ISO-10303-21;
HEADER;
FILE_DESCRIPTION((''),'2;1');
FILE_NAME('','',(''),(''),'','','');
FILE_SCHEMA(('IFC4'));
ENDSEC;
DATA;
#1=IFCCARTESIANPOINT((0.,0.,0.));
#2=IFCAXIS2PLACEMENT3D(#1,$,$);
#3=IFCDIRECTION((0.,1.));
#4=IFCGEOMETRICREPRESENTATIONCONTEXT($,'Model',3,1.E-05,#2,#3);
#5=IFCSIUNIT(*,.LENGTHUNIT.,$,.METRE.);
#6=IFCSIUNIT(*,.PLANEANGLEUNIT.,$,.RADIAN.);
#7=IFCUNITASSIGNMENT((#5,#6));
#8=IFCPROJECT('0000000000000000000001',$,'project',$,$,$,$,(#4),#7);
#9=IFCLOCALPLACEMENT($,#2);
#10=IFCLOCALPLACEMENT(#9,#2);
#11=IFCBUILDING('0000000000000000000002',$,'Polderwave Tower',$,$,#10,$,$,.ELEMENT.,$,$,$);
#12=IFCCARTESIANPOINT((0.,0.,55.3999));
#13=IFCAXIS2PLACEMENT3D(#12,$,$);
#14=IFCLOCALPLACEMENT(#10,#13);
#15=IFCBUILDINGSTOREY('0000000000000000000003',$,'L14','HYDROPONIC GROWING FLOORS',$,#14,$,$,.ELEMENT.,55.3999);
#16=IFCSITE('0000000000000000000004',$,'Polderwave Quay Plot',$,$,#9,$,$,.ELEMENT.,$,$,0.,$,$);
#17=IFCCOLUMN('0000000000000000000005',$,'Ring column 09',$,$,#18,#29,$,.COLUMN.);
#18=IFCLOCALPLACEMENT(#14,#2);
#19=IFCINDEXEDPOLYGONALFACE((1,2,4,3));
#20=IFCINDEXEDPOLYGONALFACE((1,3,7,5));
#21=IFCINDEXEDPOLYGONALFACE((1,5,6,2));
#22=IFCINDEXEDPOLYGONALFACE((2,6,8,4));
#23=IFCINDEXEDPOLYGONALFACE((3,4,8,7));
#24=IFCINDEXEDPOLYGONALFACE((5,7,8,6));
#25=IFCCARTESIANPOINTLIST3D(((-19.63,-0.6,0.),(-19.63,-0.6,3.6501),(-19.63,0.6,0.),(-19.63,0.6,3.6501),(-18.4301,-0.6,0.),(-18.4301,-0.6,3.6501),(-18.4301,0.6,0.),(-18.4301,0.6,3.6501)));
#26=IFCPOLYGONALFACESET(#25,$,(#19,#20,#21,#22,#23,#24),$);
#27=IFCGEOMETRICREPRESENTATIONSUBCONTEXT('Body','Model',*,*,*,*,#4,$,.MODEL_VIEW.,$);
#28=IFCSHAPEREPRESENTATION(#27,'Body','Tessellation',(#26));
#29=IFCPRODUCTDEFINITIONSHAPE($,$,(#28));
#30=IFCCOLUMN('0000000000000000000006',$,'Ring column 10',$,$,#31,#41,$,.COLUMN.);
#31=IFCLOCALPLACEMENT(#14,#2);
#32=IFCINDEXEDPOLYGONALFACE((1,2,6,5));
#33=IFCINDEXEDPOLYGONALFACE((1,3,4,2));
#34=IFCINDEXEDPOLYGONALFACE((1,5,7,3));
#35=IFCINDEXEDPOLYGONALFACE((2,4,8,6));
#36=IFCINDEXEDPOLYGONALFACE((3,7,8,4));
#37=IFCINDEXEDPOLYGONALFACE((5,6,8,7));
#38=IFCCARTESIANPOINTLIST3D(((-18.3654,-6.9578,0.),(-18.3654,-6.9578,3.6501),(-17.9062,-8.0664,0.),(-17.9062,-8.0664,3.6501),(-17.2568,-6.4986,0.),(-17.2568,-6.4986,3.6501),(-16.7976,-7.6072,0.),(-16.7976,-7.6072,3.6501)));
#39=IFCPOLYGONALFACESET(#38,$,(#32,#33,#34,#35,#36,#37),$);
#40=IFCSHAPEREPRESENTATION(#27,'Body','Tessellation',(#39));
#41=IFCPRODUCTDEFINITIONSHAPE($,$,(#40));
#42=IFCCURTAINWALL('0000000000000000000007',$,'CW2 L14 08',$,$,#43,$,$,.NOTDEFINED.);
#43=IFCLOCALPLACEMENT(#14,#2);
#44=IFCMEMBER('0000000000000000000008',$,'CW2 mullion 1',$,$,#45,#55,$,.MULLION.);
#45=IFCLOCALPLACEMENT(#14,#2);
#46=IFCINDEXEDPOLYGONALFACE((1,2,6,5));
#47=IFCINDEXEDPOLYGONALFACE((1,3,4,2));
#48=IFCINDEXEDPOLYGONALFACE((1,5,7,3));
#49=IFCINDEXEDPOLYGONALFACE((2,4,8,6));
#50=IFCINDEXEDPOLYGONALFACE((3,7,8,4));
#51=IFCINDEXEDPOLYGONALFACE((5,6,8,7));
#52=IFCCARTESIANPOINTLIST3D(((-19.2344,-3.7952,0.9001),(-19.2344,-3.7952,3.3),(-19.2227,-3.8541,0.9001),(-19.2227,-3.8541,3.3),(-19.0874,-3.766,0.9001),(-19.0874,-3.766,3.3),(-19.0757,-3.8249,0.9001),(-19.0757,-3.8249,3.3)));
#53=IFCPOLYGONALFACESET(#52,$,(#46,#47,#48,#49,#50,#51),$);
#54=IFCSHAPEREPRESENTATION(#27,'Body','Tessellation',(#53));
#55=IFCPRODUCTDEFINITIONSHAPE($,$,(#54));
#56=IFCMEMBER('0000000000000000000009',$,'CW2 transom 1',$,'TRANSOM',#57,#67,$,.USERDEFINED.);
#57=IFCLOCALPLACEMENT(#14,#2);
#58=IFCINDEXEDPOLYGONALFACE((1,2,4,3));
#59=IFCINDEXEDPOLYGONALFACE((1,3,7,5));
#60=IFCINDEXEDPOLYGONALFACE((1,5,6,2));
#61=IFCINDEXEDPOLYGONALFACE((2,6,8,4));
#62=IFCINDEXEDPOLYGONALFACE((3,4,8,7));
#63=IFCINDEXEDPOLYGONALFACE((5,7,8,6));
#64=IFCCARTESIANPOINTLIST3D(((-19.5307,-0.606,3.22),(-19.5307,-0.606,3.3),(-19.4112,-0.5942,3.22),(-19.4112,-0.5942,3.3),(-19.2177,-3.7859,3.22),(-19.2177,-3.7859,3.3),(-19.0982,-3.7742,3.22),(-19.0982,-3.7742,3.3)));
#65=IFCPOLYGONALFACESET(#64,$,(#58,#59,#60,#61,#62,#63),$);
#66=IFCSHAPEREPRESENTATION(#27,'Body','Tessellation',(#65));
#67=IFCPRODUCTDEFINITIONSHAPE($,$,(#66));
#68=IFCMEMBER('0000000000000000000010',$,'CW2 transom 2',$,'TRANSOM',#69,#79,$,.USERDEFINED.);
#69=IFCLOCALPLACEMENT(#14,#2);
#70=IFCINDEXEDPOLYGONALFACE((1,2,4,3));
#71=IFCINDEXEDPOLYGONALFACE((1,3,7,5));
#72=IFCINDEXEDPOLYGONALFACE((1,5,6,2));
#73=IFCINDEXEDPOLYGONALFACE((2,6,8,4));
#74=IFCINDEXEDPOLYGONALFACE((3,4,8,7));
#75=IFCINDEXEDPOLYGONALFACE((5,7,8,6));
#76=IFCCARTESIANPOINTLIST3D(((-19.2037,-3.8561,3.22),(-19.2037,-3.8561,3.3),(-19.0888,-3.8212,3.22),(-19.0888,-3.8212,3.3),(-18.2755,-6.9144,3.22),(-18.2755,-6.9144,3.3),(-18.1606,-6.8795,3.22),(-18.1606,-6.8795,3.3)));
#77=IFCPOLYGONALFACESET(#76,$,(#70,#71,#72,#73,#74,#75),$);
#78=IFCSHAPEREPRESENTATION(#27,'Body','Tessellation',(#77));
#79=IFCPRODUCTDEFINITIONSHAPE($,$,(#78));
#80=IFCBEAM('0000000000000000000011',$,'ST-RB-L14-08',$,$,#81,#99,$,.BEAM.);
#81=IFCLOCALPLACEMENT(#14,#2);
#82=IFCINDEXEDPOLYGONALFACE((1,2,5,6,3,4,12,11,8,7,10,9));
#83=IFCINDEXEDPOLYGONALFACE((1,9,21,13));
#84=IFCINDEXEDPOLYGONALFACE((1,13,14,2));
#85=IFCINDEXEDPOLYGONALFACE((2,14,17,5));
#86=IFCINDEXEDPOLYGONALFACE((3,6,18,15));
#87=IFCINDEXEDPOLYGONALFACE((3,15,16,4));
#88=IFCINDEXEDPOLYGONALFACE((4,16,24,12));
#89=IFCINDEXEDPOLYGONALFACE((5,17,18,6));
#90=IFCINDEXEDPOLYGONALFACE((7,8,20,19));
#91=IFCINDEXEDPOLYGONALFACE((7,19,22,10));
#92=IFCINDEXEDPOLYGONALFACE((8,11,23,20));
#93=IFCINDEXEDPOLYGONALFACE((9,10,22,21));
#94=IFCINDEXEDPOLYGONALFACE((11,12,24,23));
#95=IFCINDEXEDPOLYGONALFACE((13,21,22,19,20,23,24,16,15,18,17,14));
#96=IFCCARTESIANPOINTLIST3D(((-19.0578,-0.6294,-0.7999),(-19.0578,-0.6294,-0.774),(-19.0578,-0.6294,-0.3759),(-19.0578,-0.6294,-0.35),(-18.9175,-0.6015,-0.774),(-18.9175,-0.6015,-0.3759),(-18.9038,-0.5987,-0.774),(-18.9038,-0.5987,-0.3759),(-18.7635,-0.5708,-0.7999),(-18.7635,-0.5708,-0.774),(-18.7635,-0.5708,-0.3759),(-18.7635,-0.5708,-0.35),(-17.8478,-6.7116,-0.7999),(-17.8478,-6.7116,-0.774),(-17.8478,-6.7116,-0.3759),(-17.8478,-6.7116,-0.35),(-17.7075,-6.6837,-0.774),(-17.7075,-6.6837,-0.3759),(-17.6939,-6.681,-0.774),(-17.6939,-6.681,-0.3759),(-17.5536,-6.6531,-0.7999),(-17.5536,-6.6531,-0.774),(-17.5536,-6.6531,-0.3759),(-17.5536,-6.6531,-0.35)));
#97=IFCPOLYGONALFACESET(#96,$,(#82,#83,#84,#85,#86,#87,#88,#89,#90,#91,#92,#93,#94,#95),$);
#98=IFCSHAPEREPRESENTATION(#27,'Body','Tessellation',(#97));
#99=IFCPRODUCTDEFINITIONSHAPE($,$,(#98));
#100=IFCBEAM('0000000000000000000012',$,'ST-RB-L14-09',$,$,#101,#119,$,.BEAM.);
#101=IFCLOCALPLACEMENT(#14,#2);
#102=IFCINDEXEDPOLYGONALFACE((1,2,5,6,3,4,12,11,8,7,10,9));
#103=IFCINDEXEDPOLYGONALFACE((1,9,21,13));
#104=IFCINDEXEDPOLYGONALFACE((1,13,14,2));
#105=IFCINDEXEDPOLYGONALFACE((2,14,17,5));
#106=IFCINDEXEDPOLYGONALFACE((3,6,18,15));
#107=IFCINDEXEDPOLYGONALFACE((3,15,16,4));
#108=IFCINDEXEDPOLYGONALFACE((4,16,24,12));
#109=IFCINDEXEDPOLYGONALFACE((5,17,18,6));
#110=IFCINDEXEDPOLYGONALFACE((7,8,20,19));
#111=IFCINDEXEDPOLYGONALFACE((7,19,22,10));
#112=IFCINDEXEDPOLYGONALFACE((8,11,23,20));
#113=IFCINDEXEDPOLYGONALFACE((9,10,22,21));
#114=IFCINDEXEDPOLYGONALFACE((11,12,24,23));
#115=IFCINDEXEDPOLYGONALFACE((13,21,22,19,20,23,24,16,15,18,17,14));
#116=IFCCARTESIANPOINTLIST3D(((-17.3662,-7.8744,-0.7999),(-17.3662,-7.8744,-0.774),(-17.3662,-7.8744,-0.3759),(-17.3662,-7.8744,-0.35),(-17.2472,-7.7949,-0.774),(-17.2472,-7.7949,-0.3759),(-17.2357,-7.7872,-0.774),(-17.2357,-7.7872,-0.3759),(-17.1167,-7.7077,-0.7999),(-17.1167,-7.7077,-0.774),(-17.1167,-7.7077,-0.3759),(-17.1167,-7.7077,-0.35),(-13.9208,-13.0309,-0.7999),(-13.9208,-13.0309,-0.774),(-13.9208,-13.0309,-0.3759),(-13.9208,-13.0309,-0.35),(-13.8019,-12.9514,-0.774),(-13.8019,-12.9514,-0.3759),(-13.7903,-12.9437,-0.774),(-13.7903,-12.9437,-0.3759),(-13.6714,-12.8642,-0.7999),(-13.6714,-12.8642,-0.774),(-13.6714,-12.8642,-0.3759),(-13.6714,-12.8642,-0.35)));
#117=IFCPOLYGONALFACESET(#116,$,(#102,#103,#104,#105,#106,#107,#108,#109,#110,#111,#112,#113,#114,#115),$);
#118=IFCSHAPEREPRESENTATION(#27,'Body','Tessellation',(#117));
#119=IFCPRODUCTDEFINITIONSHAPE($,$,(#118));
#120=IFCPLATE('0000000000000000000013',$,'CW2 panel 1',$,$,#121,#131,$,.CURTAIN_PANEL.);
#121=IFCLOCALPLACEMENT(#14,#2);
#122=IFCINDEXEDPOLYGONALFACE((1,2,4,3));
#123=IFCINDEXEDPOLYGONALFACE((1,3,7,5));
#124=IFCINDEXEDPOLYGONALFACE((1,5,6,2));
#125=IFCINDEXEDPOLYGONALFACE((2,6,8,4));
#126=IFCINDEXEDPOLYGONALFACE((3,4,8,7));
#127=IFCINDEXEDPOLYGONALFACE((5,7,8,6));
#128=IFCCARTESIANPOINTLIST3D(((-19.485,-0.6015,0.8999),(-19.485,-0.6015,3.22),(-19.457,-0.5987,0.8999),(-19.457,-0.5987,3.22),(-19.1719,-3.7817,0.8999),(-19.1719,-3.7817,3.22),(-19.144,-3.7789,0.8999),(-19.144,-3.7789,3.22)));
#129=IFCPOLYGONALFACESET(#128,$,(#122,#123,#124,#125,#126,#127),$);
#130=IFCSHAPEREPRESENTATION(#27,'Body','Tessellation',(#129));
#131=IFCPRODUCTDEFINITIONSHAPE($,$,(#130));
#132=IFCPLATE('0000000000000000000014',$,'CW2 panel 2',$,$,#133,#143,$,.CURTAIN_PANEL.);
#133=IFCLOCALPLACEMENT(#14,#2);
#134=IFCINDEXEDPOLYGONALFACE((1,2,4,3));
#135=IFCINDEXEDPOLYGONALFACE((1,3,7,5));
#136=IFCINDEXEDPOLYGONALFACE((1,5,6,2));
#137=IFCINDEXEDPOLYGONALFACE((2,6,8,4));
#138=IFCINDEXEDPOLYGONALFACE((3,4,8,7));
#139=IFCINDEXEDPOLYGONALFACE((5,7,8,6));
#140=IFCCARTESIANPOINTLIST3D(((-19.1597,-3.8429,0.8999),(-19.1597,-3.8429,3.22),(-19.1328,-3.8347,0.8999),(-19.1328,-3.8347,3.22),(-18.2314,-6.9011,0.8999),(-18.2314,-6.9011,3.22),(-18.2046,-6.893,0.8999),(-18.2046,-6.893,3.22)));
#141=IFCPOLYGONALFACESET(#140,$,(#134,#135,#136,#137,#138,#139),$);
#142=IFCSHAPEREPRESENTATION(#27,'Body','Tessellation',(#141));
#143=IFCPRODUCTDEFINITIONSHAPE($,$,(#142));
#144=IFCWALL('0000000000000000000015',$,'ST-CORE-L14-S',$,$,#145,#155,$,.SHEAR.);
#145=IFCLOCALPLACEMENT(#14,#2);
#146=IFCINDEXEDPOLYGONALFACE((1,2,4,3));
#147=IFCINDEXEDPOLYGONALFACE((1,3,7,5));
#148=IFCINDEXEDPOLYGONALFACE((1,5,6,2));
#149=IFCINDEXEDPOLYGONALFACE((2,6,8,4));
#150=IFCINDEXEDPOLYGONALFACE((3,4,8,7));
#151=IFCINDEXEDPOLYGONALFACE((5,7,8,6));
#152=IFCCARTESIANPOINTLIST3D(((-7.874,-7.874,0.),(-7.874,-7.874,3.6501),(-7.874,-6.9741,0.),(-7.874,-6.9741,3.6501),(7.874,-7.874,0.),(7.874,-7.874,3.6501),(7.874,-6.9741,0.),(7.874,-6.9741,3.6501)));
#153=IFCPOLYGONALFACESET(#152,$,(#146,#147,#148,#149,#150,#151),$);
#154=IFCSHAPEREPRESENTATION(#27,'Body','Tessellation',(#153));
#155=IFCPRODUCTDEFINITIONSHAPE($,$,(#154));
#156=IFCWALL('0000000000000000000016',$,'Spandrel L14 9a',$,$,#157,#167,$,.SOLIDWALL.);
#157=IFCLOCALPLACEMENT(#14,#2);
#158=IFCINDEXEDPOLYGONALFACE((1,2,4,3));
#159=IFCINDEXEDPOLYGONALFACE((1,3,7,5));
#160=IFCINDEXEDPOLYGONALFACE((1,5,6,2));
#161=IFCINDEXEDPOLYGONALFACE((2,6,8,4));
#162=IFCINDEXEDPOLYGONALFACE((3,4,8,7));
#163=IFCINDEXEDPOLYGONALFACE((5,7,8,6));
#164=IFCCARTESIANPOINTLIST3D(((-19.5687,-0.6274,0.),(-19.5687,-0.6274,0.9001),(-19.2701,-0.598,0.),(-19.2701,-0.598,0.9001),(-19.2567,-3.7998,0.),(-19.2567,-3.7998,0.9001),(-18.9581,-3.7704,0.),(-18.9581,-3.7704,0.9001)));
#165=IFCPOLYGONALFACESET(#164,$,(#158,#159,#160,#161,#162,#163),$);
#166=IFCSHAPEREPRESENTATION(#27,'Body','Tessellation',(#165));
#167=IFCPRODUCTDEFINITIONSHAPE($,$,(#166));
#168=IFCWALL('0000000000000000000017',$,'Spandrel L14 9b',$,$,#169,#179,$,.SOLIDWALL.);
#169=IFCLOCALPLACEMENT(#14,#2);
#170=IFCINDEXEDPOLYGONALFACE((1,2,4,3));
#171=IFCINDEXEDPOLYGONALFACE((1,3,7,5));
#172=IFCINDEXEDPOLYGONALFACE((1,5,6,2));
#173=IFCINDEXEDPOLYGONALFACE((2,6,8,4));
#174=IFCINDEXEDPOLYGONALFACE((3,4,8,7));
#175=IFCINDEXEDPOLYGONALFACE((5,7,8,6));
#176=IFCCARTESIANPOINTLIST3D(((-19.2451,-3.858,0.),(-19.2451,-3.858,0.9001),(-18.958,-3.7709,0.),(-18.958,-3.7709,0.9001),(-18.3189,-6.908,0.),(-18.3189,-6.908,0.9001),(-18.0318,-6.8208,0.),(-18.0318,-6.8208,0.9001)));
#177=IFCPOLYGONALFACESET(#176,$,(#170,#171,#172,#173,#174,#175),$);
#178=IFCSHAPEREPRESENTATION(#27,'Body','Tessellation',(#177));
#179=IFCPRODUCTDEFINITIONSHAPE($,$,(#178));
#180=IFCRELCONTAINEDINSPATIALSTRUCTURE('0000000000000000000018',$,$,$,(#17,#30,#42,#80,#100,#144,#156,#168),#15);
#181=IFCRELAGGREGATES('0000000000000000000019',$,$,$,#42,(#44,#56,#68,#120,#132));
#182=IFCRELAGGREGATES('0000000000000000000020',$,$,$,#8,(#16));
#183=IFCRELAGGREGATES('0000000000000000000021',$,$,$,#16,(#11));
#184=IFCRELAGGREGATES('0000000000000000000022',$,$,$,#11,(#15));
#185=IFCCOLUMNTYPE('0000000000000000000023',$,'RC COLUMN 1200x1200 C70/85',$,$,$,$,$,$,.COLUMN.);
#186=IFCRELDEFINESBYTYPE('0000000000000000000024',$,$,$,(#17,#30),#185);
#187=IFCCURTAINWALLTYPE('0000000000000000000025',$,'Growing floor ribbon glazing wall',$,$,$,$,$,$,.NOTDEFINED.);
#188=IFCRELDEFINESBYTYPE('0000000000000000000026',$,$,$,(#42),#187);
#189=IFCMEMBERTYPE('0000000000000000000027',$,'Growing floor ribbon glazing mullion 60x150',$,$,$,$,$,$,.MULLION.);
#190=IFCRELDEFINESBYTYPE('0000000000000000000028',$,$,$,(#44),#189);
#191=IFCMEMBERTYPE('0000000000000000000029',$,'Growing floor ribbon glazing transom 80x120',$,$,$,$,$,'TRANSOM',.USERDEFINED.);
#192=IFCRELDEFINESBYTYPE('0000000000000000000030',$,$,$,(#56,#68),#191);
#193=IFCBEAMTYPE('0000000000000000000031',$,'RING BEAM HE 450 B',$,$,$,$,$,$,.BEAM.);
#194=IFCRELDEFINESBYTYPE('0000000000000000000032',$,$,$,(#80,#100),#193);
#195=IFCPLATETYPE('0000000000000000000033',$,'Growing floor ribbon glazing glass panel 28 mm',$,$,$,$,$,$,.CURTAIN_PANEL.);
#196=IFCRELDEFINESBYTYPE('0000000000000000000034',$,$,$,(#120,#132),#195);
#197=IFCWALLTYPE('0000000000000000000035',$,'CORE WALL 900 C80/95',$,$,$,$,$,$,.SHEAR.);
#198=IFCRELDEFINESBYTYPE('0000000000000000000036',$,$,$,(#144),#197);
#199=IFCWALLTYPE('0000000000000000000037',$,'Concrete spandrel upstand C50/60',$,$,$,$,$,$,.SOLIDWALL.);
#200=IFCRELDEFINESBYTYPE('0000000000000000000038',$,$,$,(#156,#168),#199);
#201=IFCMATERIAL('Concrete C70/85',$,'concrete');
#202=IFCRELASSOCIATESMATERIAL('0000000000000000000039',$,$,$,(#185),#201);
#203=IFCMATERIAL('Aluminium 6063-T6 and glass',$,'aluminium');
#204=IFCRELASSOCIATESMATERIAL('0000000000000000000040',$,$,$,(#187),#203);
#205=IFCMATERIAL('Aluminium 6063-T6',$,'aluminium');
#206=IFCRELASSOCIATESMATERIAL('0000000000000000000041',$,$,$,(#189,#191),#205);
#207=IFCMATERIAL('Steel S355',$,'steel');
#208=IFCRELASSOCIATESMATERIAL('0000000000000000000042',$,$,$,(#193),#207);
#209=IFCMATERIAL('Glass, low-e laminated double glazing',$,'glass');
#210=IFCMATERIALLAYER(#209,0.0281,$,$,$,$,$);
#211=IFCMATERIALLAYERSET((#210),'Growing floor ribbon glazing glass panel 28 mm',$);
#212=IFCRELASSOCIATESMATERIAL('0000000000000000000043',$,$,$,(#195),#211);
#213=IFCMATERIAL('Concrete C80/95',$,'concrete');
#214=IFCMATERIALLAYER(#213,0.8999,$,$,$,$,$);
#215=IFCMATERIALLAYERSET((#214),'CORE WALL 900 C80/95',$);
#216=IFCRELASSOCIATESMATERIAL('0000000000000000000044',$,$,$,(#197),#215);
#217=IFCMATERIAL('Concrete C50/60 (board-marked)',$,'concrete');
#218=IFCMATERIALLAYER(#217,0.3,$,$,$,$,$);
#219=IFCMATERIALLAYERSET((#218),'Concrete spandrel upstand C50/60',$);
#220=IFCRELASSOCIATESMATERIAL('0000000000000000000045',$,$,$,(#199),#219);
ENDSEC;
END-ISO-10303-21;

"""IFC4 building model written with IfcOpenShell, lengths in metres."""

from ifc_helpers import new_model, si_unit, direction, frame, frame_2d, origin, origin_2d, place, context, subcontext, project, spatial, rectangle, i_section, extrude, material, layer, layer_set, material_profile, profile_set, type_object, element, aggregate, save


model = new_model("IFC4")

# Units and contexts
model_context = context("Model", 3, precision=1e-05, world=origin(), true_north=direction((0.0, 1.0)))
body_context = subcontext(model_context, "Body", "Model", "MODEL_VIEW")
ifc_project = project(units=[si_unit("LENGTHUNIT", "METRE"), si_unit("PLANEANGLEUNIT", "RADIAN")], contexts=[model_context])

# Site, building, storey
site_placement = place(None, origin())
site = spatial("IfcSite", under=ifc_project, at=site_placement, Name="Polderwave Quay Plot", CompositionType="ELEMENT", RefElevation=0.0)
building_placement = place(site_placement, origin())
building = spatial("IfcBuilding", under=site, at=building_placement, Name="Polderwave Tower", CompositionType="ELEMENT")
storey_placement = place(building_placement, frame((0.0, 0.0, 55.3999)))
storey = spatial("IfcBuildingStorey", under=building, at=storey_placement, Name="L14", Description="HYDROPONIC GROWING FLOORS", CompositionType="ELEMENT", Elevation=55.3999)

# Columns
ifc_material_1 = material(Name="Concrete C70/85", Category="concrete")
ifc_material_profile_1 = material_profile(ifc_material_1, rectangle(XDim=1.2, YDim=1.2, at=origin_2d()), Name="RC 1200x1200")
ifc_profile_set_1 = profile_set([ifc_material_profile_1], Name="Concrete C70/85")
column_type = type_object("IfcColumnType", Name="RC COLUMN 1200x1200 C70/85", PredefinedType="COLUMN", material=ifc_profile_set_1)
for number, where, z_axis, x_axis, name in (
    (1, (-19.03, 0.0, 0.0), (0.0, 0.0, 1.0), (-1.0, 0.0, 0.0), "Ring column 09"),
    (2, (-17.5815, -7.2825, 0.0), (0.0, 0.0, 1.0), (-0.92388, -0.382683, 0.0), "Ring column 10"),
):
    element("IfcColumn", number, at=place(storey_placement, frame(where, z_axis=z_axis, x_axis=x_axis)), inside=storey, type_object=column_type, Name=name, PredefinedType="COLUMN", context=body_context, shape_type="SweptSolid", body=[
        extrude(rectangle(XDim=1.2, YDim=1.2, at=origin_2d()), origin(), (0.0, 0.0, 1.0), 3.6501),
    ])

# Curtain wall, members
ifc_material_2 = material(Name="Aluminium 6063-T6 and glass", Category="aluminium")
curtain_wall_type = type_object("IfcCurtainWallType", Name="Growing floor ribbon glazing wall", PredefinedType="NOTDEFINED", material=ifc_material_2)
curtain_wall_placement = place(storey_placement, origin())
curtain_wall = element("IfcCurtainWall", 3, at=curtain_wall_placement, inside=storey, type_object=curtain_wall_type, Name="CW2 L14 08", PredefinedType="NOTDEFINED")
ifc_material_3 = material(Name="Aluminium 6063-T6", Category="aluminium")
ifc_material_profile_2 = material_profile(ifc_material_3, rectangle(XDim=0.1499, YDim=0.0601, at=origin_2d()), Name="AL 60x150")
ifc_profile_set_2 = profile_set([ifc_material_profile_2], Name="Aluminium 6063-T6")
member_type_1 = type_object("IfcMemberType", Name="Growing floor ribbon glazing mullion 60x150", PredefinedType="MULLION", material=ifc_profile_set_2)
member_1_placement = place(storey_placement, frame((-19.155, -3.8101, 0.9001), z_axis=(0.0, 0.0, 1.0), x_axis=(0.980774, 0.195149, 0.0)))
member_1 = element("IfcMember", 4, at=member_1_placement, type_object=member_type_1, Name="CW2 mullion 1", PredefinedType="MULLION", context=body_context, shape_type="SweptSolid", body=[
    extrude(rectangle(XDim=0.1499, YDim=0.0601, at=origin_2d()), origin(), (0.0, 0.0, 1.0), 2.3999),
])
ifc_material_profile_3 = material_profile(ifc_material_3, rectangle(XDim=0.1201, YDim=0.0801, at=origin_2d()), Name="AL 80x120")
ifc_profile_set_3 = profile_set([ifc_material_profile_3], Name="Aluminium 6063-T6")
member_type_2 = type_object("IfcMemberType", Name="Growing floor ribbon glazing transom 80x120", ElementType="TRANSOM", PredefinedType="USERDEFINED", material=ifc_profile_set_3)
member_2_placement = place(storey_placement, frame((-19.4709, -0.6001, 3.26), z_axis=(0.097953, -0.995191, 0.0), x_axis=(0.995191, 0.097953, 0.0)))
member_2 = element("IfcMember", 5, at=member_2_placement, type_object=member_type_2, Name="CW2 transom 1", ObjectType="TRANSOM", PredefinedType="USERDEFINED", context=body_context, shape_type="SweptSolid", body=[
    extrude(rectangle(XDim=0.1201, YDim=0.0801, at=origin_2d()), origin(), (0.0, 0.0, 1.0), 3.1953),
])
member_3_placement = place(storey_placement, frame((-19.1462, -3.8386, 3.26), z_axis=(0.290423, -0.956898, 0.0), x_axis=(0.956898, 0.290423, 0.0)))
member_3 = element("IfcMember", 6, at=member_3_placement, type_object=member_type_2, Name="CW2 transom 2", ObjectType="TRANSOM", PredefinedType="USERDEFINED", context=body_context, shape_type="SweptSolid", body=[
    extrude(rectangle(XDim=0.1201, YDim=0.0801, at=origin_2d()), origin(), (0.0, 0.0, 1.0), 3.196),
])

# Beams
ifc_material_4 = material(Name="Steel S355", Category="steel")
ifc_material_profile_4 = material_profile(ifc_material_4, i_section(OverallWidth=0.3, OverallDepth=0.45, WebThickness=0.0139, FlangeThickness=0.0259, at=origin_2d()), Name="HE 450 B")
ifc_profile_set_4 = profile_set([ifc_material_profile_4], Name="Steel S355")
beam_type = type_object("IfcBeamType", Name="RING BEAM HE 450 B", PredefinedType="BEAM", material=ifc_profile_set_4)
beam_1_placement = place(storey_placement, frame((-18.9106, -0.6001, -0.575), z_axis=(0.195109, -0.980782, 0.0), x_axis=(0.980782, 0.195109, 0.0)))
element("IfcBeam", 7, at=beam_1_placement, inside=storey, type_object=beam_type, Name="ST-RB-L14-08", PredefinedType="BEAM", context=body_context, shape_type="SweptSolid", body=[
    extrude(i_section(OverallWidth=0.3, OverallDepth=0.45, WebThickness=0.0139, FlangeThickness=0.0259, at=origin_2d()), origin(), (0.0, 0.0, 1.0), 6.2014),
])
beam_2_placement = place(storey_placement, frame((-17.2415, -7.791, -0.575), z_axis=(0.555554, -0.831481, 0.0), x_axis=(0.831481, 0.555554, 0.0)))
element("IfcBeam", 8, at=beam_2_placement, inside=storey, type_object=beam_type, Name="ST-RB-L14-09", PredefinedType="BEAM", context=body_context, shape_type="SweptSolid", body=[
    extrude(i_section(OverallWidth=0.3, OverallDepth=0.45, WebThickness=0.0139, FlangeThickness=0.0259, at=origin_2d()), origin(), (0.0, 0.0, 1.0), 6.2017),
])

# Plates
ifc_material_5 = material(Name="Glass, low-e laminated double glazing", Category="glass")
ifc_layer_1 = layer(ifc_material_5, 0.0281)
ifc_layer_set_1 = layer_set([ifc_layer_1], Name="Growing floor ribbon glazing glass panel 28 mm")
plate_type = type_object("IfcPlateType", Name="Growing floor ribbon glazing glass panel 28 mm", PredefinedType="CURTAIN_PANEL", material=ifc_layer_set_1)
plate_1_placement = place(storey_placement, frame((-19.3145, -2.1902, 0.8999), z_axis=(0.0, 0.0, 1.0), x_axis=(0.097969, -0.99519, 0.0)))
plate_1 = element("IfcPlate", 9, at=plate_1_placement, type_object=plate_type, Name="CW2 panel 1", PredefinedType="CURTAIN_PANEL", context=body_context, shape_type="SweptSolid", body=[
    extrude(rectangle(XDim=3.1956, YDim=0.0281, at=origin_2d()), origin(), (0.0, 0.0, 1.0), 2.3201),
])
plate_2_placement = place(storey_placement, frame((-18.6821, -5.3679, 0.8999), z_axis=(0.0, 0.0, 1.0), x_axis=(0.290447, -0.956891, 0.0)))
plate_2 = element("IfcPlate", 10, at=plate_2_placement, type_object=plate_type, Name="CW2 panel 2", PredefinedType="CURTAIN_PANEL", context=body_context, shape_type="SweptSolid", body=[
    extrude(rectangle(XDim=3.196, YDim=0.0281, at=origin_2d()), origin(), (0.0, 0.0, 1.0), 2.3201),
])
aggregate(curtain_wall, [member_1, member_2, member_3, plate_1, plate_2])

# Walls
ifc_material_6 = material(Name="Concrete C80/95", Category="concrete")
ifc_layer_2 = layer(ifc_material_6, 0.8999)
ifc_layer_set_2 = layer_set([ifc_layer_2], Name="CORE WALL 900 C80/95")
wall_type_1 = type_object("IfcWallType", Name="CORE WALL 900 C80/95", PredefinedType="SHEAR", material=ifc_layer_set_2)
wall_1_placement = place(storey_placement, frame((-7.874, -7.4241, 0.0), z_axis=(0.0, 0.0, 1.0), x_axis=(1.0, 0.0, 0.0)))
element("IfcWall", 11, at=wall_1_placement, inside=storey, type_object=wall_type_1, Name="ST-CORE-L14-S", PredefinedType="SHEAR", context=body_context, shape_type="SweptSolid", body=[
    extrude(rectangle(XDim=15.748, YDim=0.8999, at=frame_2d((7.874, 0.0))), origin(), (0.0, 0.0, 1.0), 3.6501),
])
ifc_material_7 = material(Name="Concrete C50/60 (board-marked)", Category="concrete")
ifc_layer_3 = layer(ifc_material_7, 0.3)
ifc_layer_set_3 = layer_set([ifc_layer_3], Name="Concrete spandrel upstand C50/60")
wall_type_2 = type_object("IfcWallType", Name="Concrete spandrel upstand C50/60", PredefinedType="SOLIDWALL", material=ifc_layer_set_3)
wall_2_placement = place(storey_placement, frame((-19.4194, -0.6128, 0.0), z_axis=(0.0, 0.0, 1.0), x_axis=(0.097881, -0.995198, 0.0)))
element("IfcWall", 12, at=wall_2_placement, inside=storey, type_object=wall_type_2, Name="Spandrel L14 9a", PredefinedType="SOLIDWALL", context=body_context, shape_type="SweptSolid", body=[
    extrude(rectangle(XDim=3.1877, YDim=0.3, at=frame_2d((1.5938, 0.0))), origin(), (0.0, 0.0, 1.0), 0.9001),
])
wall_3_placement = place(storey_placement, frame((-19.1016, -3.8145, 0.0), z_axis=(0.0, 0.0, 1.0), x_axis=(0.290586, -0.956849, 0.0)))
element("IfcWall", 13, at=wall_3_placement, inside=storey, type_object=wall_type_2, Name="Spandrel L14 9b", PredefinedType="SOLIDWALL", context=body_context, shape_type="SweptSolid", body=[
    extrude(rectangle(XDim=3.1875, YDim=0.3, at=frame_2d((1.5938, 0.0))), origin(), (0.0, 0.0, 1.0), 0.9001),
])

save(model, "model.ifc")
